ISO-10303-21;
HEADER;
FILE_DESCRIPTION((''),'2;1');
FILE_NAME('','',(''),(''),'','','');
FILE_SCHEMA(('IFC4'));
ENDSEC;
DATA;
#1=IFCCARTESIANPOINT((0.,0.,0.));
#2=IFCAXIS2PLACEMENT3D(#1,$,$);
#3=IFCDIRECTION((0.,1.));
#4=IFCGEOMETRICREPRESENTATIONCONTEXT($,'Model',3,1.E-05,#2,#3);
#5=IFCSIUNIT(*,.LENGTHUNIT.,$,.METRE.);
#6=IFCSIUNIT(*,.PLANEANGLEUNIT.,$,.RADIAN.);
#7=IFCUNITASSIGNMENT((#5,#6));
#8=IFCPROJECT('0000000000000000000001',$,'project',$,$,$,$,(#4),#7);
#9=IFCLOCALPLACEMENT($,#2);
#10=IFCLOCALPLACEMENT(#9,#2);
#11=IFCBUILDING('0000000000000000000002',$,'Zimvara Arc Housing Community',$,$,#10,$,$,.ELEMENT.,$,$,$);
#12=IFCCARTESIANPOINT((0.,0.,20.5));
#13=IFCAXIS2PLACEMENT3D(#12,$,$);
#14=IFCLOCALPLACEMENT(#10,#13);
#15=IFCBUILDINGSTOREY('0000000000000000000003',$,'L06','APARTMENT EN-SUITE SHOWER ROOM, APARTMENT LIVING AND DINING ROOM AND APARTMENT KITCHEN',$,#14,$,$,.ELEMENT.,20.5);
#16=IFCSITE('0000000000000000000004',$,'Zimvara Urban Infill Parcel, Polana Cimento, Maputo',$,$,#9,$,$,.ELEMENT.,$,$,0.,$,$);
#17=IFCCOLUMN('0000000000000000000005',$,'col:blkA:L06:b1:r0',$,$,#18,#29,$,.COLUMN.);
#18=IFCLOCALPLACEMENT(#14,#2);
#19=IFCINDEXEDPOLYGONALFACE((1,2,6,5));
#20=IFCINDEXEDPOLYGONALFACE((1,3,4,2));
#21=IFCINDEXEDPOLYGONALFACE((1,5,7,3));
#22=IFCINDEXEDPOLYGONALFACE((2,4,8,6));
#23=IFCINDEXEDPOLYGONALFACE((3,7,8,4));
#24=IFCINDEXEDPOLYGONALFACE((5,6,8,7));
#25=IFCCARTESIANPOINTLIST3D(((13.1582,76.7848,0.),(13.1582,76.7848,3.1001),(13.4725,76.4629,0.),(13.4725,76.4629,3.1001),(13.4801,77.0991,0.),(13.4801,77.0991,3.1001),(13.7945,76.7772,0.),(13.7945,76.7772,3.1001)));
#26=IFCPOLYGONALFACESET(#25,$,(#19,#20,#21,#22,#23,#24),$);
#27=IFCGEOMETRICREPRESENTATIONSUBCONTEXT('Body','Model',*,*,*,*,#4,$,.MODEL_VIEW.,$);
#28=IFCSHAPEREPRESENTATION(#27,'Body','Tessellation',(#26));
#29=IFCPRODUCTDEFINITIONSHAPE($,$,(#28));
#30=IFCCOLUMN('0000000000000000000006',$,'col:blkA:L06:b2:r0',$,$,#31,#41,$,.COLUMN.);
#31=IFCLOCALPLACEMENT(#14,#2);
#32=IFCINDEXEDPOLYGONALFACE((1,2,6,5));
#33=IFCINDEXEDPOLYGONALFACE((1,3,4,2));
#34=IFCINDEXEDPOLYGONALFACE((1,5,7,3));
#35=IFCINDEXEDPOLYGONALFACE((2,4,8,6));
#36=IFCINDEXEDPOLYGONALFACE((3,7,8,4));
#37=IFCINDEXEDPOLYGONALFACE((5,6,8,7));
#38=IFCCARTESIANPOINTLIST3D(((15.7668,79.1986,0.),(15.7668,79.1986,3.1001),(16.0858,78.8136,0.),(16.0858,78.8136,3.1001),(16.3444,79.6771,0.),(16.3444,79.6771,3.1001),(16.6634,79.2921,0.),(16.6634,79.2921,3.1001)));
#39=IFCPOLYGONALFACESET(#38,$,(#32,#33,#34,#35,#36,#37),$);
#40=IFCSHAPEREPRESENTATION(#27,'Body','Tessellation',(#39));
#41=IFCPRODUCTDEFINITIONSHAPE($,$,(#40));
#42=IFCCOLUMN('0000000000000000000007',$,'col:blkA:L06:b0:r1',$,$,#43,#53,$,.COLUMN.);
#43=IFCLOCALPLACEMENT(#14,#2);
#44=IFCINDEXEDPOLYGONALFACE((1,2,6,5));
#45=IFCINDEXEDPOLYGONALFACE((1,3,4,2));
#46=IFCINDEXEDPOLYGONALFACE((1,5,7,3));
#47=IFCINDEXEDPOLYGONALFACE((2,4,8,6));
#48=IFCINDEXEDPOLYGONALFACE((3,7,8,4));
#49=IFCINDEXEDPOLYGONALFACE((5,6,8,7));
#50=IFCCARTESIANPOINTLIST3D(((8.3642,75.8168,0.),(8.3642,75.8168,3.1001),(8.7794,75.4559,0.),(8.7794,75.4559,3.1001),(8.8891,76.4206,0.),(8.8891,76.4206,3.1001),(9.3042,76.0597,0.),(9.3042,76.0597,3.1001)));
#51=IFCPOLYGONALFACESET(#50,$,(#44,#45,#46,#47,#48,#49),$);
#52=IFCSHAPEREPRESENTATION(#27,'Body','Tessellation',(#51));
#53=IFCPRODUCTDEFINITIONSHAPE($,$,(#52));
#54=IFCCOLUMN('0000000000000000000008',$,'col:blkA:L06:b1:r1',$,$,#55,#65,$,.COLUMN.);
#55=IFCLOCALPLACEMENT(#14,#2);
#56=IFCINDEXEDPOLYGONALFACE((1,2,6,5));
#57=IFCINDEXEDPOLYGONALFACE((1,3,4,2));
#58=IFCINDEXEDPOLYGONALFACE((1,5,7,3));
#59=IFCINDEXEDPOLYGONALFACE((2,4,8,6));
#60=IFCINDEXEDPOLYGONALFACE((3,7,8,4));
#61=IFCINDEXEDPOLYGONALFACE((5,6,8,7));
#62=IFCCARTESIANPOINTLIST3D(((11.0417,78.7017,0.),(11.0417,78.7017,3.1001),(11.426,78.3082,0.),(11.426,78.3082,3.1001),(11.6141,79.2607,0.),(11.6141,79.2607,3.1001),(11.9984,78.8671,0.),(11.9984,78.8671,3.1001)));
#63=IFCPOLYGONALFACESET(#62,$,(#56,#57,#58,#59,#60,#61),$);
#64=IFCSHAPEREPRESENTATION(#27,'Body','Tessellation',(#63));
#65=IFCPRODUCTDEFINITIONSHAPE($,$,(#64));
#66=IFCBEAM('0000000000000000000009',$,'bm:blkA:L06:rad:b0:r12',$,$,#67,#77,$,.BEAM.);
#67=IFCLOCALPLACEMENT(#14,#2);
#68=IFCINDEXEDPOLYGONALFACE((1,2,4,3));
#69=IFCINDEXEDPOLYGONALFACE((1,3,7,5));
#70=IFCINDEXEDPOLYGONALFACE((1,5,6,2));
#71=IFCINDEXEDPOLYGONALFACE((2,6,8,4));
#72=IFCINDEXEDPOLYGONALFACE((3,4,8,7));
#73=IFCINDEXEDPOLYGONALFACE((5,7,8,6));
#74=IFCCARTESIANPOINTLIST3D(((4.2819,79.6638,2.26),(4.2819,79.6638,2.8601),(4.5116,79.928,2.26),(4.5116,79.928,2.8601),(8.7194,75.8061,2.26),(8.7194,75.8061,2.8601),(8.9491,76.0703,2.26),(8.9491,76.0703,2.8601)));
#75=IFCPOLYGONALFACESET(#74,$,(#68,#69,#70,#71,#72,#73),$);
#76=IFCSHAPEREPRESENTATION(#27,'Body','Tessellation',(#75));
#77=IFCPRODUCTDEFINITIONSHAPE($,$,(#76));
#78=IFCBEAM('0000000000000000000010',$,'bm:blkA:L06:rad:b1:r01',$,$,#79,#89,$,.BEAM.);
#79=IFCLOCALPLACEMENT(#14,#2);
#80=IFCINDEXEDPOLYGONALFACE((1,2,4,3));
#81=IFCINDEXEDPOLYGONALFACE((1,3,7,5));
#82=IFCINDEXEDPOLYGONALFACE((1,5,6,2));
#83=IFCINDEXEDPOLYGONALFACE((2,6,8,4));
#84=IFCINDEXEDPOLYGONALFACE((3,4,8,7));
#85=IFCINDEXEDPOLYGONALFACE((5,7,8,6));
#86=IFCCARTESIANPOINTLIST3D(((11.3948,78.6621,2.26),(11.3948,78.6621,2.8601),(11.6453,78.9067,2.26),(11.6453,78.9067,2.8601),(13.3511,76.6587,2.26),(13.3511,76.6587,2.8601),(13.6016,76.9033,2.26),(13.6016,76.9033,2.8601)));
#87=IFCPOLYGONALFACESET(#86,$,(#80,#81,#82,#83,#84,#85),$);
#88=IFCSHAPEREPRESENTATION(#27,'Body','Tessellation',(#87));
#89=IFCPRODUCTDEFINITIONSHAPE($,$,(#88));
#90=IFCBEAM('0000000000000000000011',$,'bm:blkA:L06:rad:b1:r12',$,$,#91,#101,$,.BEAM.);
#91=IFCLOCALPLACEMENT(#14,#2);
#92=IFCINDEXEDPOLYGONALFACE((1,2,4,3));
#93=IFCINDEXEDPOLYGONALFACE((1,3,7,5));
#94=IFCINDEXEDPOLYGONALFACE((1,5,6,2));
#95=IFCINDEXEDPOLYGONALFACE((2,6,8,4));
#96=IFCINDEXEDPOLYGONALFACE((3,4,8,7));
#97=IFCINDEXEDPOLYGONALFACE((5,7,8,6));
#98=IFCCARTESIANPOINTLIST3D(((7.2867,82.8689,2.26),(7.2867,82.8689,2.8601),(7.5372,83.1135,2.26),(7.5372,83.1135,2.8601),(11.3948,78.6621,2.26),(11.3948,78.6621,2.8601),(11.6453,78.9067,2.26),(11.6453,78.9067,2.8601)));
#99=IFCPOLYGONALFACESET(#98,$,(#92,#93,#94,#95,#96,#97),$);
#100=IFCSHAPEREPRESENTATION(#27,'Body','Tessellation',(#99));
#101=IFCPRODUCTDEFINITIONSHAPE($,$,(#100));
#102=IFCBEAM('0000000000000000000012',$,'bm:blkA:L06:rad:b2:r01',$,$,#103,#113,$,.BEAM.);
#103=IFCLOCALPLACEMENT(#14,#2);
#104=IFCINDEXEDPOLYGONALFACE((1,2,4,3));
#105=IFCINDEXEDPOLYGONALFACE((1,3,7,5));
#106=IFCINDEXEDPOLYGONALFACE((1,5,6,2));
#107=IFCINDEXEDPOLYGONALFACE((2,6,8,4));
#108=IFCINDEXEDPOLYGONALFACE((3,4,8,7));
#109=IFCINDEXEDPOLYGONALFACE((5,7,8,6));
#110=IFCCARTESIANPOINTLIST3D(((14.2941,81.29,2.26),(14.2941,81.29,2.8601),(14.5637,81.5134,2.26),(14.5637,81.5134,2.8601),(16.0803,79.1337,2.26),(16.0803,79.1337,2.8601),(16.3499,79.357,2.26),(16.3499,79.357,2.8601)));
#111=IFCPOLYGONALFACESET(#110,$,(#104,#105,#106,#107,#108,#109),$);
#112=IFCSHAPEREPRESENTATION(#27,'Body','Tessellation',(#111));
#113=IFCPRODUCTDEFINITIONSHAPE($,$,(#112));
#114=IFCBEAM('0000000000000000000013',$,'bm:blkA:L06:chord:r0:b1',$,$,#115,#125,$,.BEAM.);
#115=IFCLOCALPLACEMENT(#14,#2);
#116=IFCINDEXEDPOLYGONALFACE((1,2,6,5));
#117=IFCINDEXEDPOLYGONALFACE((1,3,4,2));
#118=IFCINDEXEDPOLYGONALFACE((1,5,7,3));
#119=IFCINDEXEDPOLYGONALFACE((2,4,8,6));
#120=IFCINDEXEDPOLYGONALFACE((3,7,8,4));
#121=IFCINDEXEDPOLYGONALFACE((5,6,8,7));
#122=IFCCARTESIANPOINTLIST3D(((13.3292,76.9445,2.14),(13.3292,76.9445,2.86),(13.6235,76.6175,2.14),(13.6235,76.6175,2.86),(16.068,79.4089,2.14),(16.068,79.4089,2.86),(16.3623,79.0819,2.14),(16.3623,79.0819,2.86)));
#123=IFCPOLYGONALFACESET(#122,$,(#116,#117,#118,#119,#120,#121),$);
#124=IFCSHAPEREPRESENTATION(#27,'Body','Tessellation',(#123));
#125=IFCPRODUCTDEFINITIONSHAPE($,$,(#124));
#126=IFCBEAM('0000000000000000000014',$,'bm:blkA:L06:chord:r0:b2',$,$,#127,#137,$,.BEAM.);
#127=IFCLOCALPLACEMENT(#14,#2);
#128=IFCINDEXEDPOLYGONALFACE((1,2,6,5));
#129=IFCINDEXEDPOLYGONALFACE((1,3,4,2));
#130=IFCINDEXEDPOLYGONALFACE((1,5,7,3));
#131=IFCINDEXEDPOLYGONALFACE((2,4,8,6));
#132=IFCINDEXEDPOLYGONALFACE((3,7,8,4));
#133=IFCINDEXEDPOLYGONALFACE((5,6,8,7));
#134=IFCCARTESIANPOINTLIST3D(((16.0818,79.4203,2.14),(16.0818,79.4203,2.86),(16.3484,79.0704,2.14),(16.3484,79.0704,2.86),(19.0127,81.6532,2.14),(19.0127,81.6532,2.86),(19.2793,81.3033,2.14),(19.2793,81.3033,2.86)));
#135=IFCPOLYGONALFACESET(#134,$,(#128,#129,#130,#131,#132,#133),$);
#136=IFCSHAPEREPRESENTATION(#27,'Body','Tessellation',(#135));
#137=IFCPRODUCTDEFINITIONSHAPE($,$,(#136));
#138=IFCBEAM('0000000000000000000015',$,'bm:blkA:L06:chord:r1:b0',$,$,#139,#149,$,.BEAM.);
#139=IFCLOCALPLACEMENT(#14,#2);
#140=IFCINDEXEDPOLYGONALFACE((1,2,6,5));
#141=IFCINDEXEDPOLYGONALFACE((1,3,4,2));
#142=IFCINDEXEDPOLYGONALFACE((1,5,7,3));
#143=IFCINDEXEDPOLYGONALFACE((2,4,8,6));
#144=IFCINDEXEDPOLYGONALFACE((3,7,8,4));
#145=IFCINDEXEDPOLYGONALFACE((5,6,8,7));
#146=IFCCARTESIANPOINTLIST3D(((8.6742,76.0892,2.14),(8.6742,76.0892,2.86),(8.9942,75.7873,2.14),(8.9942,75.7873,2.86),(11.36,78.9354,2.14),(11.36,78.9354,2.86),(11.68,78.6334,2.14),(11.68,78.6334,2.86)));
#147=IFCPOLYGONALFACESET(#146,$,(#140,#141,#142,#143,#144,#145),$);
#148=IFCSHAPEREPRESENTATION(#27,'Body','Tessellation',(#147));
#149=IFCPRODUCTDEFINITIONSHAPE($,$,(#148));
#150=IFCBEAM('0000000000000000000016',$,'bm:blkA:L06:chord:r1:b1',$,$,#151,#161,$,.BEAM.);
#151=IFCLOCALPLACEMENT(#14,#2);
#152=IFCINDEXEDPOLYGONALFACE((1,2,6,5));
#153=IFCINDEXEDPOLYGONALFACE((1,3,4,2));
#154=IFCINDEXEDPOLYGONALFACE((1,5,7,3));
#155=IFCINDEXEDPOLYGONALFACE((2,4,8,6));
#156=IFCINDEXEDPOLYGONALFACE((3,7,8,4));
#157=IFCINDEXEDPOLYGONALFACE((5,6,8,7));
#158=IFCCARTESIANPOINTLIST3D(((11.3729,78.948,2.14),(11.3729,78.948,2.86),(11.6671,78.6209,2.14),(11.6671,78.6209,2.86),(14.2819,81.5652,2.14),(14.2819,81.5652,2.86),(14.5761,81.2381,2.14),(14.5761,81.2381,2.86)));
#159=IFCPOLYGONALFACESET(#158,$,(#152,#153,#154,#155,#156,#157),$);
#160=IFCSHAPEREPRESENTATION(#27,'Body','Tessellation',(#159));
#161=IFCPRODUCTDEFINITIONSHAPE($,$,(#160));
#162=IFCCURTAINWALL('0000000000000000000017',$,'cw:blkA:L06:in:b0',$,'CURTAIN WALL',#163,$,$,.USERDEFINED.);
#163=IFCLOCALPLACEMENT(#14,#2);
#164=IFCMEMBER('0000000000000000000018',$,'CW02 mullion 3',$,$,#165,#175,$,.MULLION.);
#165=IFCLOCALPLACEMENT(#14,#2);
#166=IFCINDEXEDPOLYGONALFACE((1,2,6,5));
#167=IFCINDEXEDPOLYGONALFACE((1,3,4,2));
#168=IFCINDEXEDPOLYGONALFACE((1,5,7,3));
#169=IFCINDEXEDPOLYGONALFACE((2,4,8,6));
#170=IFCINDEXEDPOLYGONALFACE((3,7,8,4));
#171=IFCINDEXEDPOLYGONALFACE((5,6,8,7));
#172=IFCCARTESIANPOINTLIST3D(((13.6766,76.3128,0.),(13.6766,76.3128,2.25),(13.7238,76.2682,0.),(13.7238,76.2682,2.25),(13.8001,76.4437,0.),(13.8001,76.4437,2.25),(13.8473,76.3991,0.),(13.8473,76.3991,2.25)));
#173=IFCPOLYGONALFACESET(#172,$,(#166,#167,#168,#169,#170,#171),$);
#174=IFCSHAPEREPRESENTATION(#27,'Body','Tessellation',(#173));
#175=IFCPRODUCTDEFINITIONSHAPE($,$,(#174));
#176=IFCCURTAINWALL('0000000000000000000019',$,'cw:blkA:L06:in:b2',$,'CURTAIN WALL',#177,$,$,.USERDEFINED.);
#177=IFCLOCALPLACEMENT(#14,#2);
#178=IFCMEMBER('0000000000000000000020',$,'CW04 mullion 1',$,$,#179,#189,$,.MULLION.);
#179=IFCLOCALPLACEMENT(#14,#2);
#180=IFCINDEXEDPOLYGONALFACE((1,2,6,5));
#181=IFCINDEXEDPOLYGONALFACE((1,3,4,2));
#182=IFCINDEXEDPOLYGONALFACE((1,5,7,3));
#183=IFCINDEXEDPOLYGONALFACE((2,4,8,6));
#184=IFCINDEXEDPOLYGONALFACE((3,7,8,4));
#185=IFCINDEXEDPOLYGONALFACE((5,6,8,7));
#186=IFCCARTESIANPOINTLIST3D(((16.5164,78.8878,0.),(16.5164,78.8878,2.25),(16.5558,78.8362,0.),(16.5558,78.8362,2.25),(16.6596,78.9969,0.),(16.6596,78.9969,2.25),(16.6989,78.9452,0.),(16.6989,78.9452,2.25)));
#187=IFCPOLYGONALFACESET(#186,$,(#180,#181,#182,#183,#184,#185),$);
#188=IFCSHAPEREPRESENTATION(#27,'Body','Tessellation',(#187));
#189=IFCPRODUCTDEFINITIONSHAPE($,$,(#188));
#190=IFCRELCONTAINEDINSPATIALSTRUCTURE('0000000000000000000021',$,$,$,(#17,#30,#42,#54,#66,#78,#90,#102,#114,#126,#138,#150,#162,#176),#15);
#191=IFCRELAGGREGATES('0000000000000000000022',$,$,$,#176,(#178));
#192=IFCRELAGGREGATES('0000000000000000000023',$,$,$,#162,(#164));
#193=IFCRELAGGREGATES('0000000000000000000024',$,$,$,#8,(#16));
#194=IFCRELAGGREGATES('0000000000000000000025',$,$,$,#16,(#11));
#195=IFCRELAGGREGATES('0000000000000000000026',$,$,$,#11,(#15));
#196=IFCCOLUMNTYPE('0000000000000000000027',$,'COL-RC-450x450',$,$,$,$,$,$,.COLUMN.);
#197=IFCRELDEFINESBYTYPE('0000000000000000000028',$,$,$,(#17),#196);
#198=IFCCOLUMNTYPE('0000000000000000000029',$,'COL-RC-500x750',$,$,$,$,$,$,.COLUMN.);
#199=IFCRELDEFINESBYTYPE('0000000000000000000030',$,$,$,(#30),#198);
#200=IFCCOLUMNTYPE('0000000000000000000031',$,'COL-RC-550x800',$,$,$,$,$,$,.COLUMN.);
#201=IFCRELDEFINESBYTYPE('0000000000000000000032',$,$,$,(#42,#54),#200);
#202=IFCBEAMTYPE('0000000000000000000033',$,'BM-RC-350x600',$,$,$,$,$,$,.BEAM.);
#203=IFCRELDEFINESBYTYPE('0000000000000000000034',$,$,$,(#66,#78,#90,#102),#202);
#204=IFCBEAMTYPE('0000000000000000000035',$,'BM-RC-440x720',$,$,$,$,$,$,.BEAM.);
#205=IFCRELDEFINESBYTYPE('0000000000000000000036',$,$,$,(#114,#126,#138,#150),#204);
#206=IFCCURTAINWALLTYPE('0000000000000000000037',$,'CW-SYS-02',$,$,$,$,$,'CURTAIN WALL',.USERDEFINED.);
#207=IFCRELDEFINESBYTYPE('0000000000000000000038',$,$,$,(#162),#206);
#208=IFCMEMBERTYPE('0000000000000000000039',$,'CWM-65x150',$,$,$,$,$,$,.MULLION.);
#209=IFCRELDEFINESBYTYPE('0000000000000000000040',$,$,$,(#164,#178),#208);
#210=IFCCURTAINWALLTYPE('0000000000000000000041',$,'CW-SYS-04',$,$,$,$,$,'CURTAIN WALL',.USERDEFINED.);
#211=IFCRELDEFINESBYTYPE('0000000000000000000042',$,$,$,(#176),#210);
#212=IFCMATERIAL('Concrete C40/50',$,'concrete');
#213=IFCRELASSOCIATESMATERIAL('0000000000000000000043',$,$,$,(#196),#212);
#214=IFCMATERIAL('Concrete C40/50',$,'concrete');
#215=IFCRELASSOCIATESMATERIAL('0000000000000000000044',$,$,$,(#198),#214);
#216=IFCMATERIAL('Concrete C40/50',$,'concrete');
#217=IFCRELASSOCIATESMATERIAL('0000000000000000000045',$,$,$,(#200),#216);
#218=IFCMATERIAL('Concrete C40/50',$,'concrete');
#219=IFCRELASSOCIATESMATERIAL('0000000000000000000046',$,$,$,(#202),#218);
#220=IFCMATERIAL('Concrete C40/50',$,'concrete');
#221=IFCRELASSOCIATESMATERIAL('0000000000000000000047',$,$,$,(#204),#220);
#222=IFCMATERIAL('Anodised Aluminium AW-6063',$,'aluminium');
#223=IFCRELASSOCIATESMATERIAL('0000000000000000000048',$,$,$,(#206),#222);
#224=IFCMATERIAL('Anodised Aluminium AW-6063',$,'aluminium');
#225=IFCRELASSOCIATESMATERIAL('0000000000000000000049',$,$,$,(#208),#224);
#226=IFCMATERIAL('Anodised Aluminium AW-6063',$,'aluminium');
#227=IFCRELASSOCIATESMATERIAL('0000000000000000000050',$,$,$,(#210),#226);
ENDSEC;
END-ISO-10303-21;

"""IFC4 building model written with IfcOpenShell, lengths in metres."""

from ifc_helpers import new_model, si_unit, direction, frame, origin, origin_2d, place, context, subcontext, project, spatial, rectangle, extrude, material, material_profile, profile_set, type_object, element, aggregate, save


model = new_model("IFC4")

# Units and contexts
model_context = context("Model", 3, precision=1e-05, world=origin(), true_north=direction((0.0, 1.0)))
body_context = subcontext(model_context, "Body", "Model", "MODEL_VIEW")
ifc_project = project(units=[si_unit("LENGTHUNIT", "METRE"), si_unit("PLANEANGLEUNIT", "RADIAN")], contexts=[model_context])

# Site, building, storey
site_placement = place(None, origin())
site = spatial("IfcSite", under=ifc_project, at=site_placement, Name="Zimvara Urban Infill Parcel, Polana Cimento, Maputo", CompositionType="ELEMENT", RefElevation=0.0)
building_placement = place(site_placement, origin())
building = spatial("IfcBuilding", under=site, at=building_placement, Name="Zimvara Arc Housing Community", CompositionType="ELEMENT")
storey_placement = place(building_placement, frame((0.0, 0.0, 20.5)))
storey = spatial("IfcBuildingStorey", under=building, at=storey_placement, Name="L06", Description="APARTMENT EN-SUITE SHOWER ROOM, APARTMENT LIVING AND DINING ROOM AND APARTMENT KITCHEN", CompositionType="ELEMENT", Elevation=20.5)

# Columns
ifc_material_1 = material(Name="Concrete C40/50", Category="concrete")
ifc_material_profile_1 = material_profile(ifc_material_1, rectangle(XDim=0.45, YDim=0.45, at=origin_2d()), Name="RC 450x450")
ifc_profile_set_1 = profile_set([ifc_material_profile_1], Name="Concrete C40/50")
column_type_1 = type_object("IfcColumnType", Name="COL-RC-450x450", PredefinedType="COLUMN", material=ifc_profile_set_1)
column_1_placement = place(storey_placement, frame((13.4763, 76.781, 0.0), z_axis=(0.0, 0.0, 1.0), x_axis=(-0.698665, 0.715449, 0.0)))
element("IfcColumn", 1, at=column_1_placement, inside=storey, type_object=column_type_1, Name="col:blkA:L06:b1:r0", PredefinedType="COLUMN", context=body_context, shape_type="SweptSolid", body=[
    extrude(rectangle(XDim=0.45, YDim=0.45, at=origin_2d()), origin(), (0.0, 0.0, 1.0), 3.1001),
])
ifc_material_2 = material(Name="Concrete C40/50", Category="concrete")
ifc_material_profile_2 = material_profile(ifc_material_2, rectangle(XDim=0.5, YDim=0.75, at=origin_2d()), Name="RC 500x750")
ifc_profile_set_2 = profile_set([ifc_material_profile_2], Name="Concrete C40/50")
column_type_2 = type_object("IfcColumnType", Name="COL-RC-500x750", PredefinedType="COLUMN", material=ifc_profile_set_2)
column_2_placement = place(storey_placement, frame((16.2151, 79.2454, 0.0), z_axis=(0.0, 0.0, 1.0), x_axis=(-0.637962, 0.770068, 0.0)))
element("IfcColumn", 2, at=column_2_placement, inside=storey, type_object=column_type_2, Name="col:blkA:L06:b2:r0", PredefinedType="COLUMN", context=body_context, shape_type="SweptSolid", body=[
    extrude(rectangle(XDim=0.5, YDim=0.75, at=origin_2d()), origin(), (0.0, 0.0, 1.0), 3.1001),
])
ifc_material_3 = material(Name="Concrete C40/50", Category="concrete")
ifc_material_profile_3 = material_profile(ifc_material_3, rectangle(XDim=0.55, YDim=0.8, at=origin_2d()), Name="RC 550x800")
ifc_profile_set_3 = profile_set([ifc_material_profile_3], Name="Concrete C40/50")
column_type_3 = type_object("IfcColumnType", Name="COL-RC-550x800", PredefinedType="COLUMN", material=ifc_profile_set_3)
for number, where, z_axis, x_axis, name in (
    (3, (8.8342, 75.9382, 0.0), (0.0, 0.0, 1.0), (-0.75471, 0.656059, 0.0), "col:blkA:L06:b0:r1"),
    (4, (11.52, 78.7844, 0.0), (0.0, 0.0, 1.0), (-0.698665, 0.715449, 0.0), "col:blkA:L06:b1:r1"),
):
    element("IfcColumn", number, at=place(storey_placement, frame(where, z_axis=z_axis, x_axis=x_axis)), inside=storey, type_object=column_type_3, Name=name, PredefinedType="COLUMN", context=body_context, shape_type="SweptSolid", body=[
        extrude(rectangle(XDim=0.55, YDim=0.8, at=origin_2d()), origin(), (0.0, 0.0, 1.0), 3.1001),
    ])

# Beams
ifc_material_4 = material(Name="Concrete C40/50", Category="concrete")
ifc_material_profile_4 = material_profile(ifc_material_4, rectangle(XDim=0.3501, YDim=0.6001, at=origin_2d()), Name="RC 350x600")
ifc_profile_set_4 = profile_set([ifc_material_profile_4], Name="Concrete C40/50")
beam_type_1 = type_object("IfcBeamType", Name="BM-RC-350x600", PredefinedType="BEAM", material=ifc_profile_set_4)
beam_1_placement = place(storey_placement, frame((8.8342, 75.9382, 2.5601), z_axis=(-0.754692, 0.656079, 0.0), x_axis=(-0.656079, -0.754692, 0.0)))
element("IfcBeam", 5, at=beam_1_placement, inside=storey, type_object=beam_type_1, Name="bm:blkA:L06:rad:b0:r12", PredefinedType="BEAM", context=body_context, shape_type="SweptSolid", body=[
    extrude(rectangle(XDim=0.3501, YDim=0.6001, at=origin_2d()), origin(), (0.0, 0.0, 1.0), 5.8799),
])
beam_2_placement = place(storey_placement, frame((13.4763, 76.781, 2.5601), z_axis=(-0.698643, 0.71547, 0.0), x_axis=(-0.71547, -0.698643, 0.0)))
element("IfcBeam", 6, at=beam_2_placement, inside=storey, type_object=beam_type_1, Name="bm:blkA:L06:rad:b1:r01", PredefinedType="BEAM", context=body_context, shape_type="SweptSolid", body=[
    extrude(rectangle(XDim=0.3501, YDim=0.6001, at=origin_2d()), origin(), (0.0, 0.0, 1.0), 2.8),
])
beam_3_placement = place(storey_placement, frame((11.52, 78.7844, 2.5601), z_axis=(-0.69867, 0.715444, 0.0), x_axis=(-0.715444, -0.69867, 0.0)))
element("IfcBeam", 7, at=beam_3_placement, inside=storey, type_object=beam_type_1, Name="bm:blkA:L06:rad:b1:r12", PredefinedType="BEAM", context=body_context, shape_type="SweptSolid", body=[
    extrude(rectangle(XDim=0.3501, YDim=0.6001, at=origin_2d()), origin(), (0.0, 0.0, 1.0), 5.8799),
])
beam_4_placement = place(storey_placement, frame((16.2151, 79.2454, 2.5601), z_axis=(-0.637917, 0.770105, 0.0), x_axis=(-0.770105, -0.637917, 0.0)))
element("IfcBeam", 8, at=beam_4_placement, inside=storey, type_object=beam_type_1, Name="bm:blkA:L06:rad:b2:r01", PredefinedType="BEAM", context=body_context, shape_type="SweptSolid", body=[
    extrude(rectangle(XDim=0.3501, YDim=0.6001, at=origin_2d()), origin(), (0.0, 0.0, 1.0), 2.8),
])
ifc_material_5 = material(Name="Concrete C40/50", Category="concrete")
ifc_material_profile_5 = material_profile(ifc_material_5, rectangle(XDim=0.4399, YDim=0.72, at=origin_2d()), Name="RC 440x720")
ifc_profile_set_5 = profile_set([ifc_material_profile_5], Name="Concrete C40/50")
beam_type_2 = type_object("IfcBeamType", Name="BM-RC-440x720", PredefinedType="BEAM", material=ifc_profile_set_5)
beam_5_placement = place(storey_placement, frame((13.4763, 76.781, 2.5), z_axis=(0.743367, 0.668884, 0.0), x_axis=(-0.668884, 0.743367, 0.0)))
element("IfcBeam", 9, at=beam_5_placement, inside=storey, type_object=beam_type_2, Name="bm:blkA:L06:chord:r0:b1", PredefinedType="BEAM", context=body_context, shape_type="SweptSolid", body=[
    extrude(rectangle(XDim=0.4399, YDim=0.72, at=origin_2d()), origin(), (0.0, 0.0, 1.0), 3.6843),
])
beam_6_placement = place(storey_placement, frame((16.2151, 79.2454, 2.5), z_axis=(0.795453, 0.606015, 0.0), x_axis=(-0.606015, 0.795453, 0.0)))
element("IfcBeam", 10, at=beam_6_placement, inside=storey, type_object=beam_type_2, Name="bm:blkA:L06:chord:r0:b2", PredefinedType="BEAM", context=body_context, shape_type="SweptSolid", body=[
    extrude(rectangle(XDim=0.4399, YDim=0.72, at=origin_2d()), origin(), (0.0, 0.0, 1.0), 3.6846),
])
beam_7_placement = place(storey_placement, frame((8.8342, 75.9382, 2.5), z_axis=(0.686316, 0.727304, 0.0), x_axis=(-0.727304, 0.686316, 0.0)))
element("IfcBeam", 11, at=beam_7_placement, inside=storey, type_object=beam_type_2, Name="bm:blkA:L06:chord:r1:b0", PredefinedType="BEAM", context=body_context, shape_type="SweptSolid", body=[
    extrude(rectangle(XDim=0.4399, YDim=0.72, at=origin_2d()), origin(), (0.0, 0.0, 1.0), 3.9133),
])
beam_8_placement = place(storey_placement, frame((11.52, 78.7844, 2.5), z_axis=(0.743403, 0.668844, 0.0), x_axis=(-0.668844, 0.743403, 0.0)))
element("IfcBeam", 12, at=beam_8_placement, inside=storey, type_object=beam_type_2, Name="bm:blkA:L06:chord:r1:b1", PredefinedType="BEAM", context=body_context, shape_type="SweptSolid", body=[
    extrude(rectangle(XDim=0.4399, YDim=0.72, at=origin_2d()), origin(), (0.0, 0.0, 1.0), 3.9131),
])

# Curtain walls, members
ifc_material_6 = material(Name="Anodised Aluminium AW-6063", Category="aluminium")
curtain_wall_type_1 = type_object("IfcCurtainWallType", Name="CW-SYS-02", ElementType="CURTAIN WALL", PredefinedType="USERDEFINED", material=ifc_material_6)
curtain_wall_1_placement = place(storey_placement, origin())
curtain_wall_1 = element("IfcCurtainWall", 13, at=curtain_wall_1_placement, inside=storey, type_object=curtain_wall_type_1, Name="cw:blkA:L06:in:b0", ObjectType="CURTAIN WALL", PredefinedType="USERDEFINED")
ifc_material_7 = material(Name="Anodised Aluminium AW-6063", Category="aluminium")
ifc_material_profile_6 = material_profile(ifc_material_7, rectangle(XDim=0.0649, YDim=0.1799, at=origin_2d()), Name="ALU 65x180")
ifc_profile_set_6 = profile_set([ifc_material_profile_6], Name="Anodised Aluminium AW-6063")
member_type_1 = type_object("IfcMemberType", Name="CWM-65x150", PredefinedType="MULLION", material=ifc_profile_set_6)
member_1_placement = place(storey_placement, frame((13.762, 76.356, 0.0), z_axis=(0.0, 0.0, 1.0), x_axis=(-0.727293, 0.686327, 0.0)))
member_1 = element("IfcMember", 14, at=member_1_placement, type_object=member_type_1, Name="CW02 mullion 3", PredefinedType="MULLION", context=body_context, shape_type="SweptSolid", body=[
    extrude(rectangle(XDim=0.0649, YDim=0.1799, at=origin_2d()), origin(), (0.0, 0.0, 1.0), 2.25),
])
ifc_material_8 = material(Name="Anodised Aluminium AW-6063", Category="aluminium")
curtain_wall_type_2 = type_object("IfcCurtainWallType", Name="CW-SYS-04", ElementType="CURTAIN WALL", PredefinedType="USERDEFINED", material=ifc_material_8)
curtain_wall_2_placement = place(storey_placement, origin())
curtain_wall_2 = element("IfcCurtainWall", 15, at=curtain_wall_2_placement, inside=storey, type_object=curtain_wall_type_2, Name="cw:blkA:L06:in:b2", ObjectType="CURTAIN WALL", PredefinedType="USERDEFINED")
member_2_placement = place(storey_placement, frame((16.6077, 78.9165, 0.0), z_axis=(0.0, 0.0, 1.0), x_axis=(-0.605988, 0.795474, 0.0)))
member_2 = element("IfcMember", 16, at=member_2_placement, type_object=member_type_1, Name="CW04 mullion 1", PredefinedType="MULLION", context=body_context, shape_type="SweptSolid", body=[
    extrude(rectangle(XDim=0.0649, YDim=0.1799, at=origin_2d()), origin(), (0.0, 0.0, 1.0), 2.25),
])

aggregate(curtain_wall_2, [member_2])

aggregate(curtain_wall_1, [member_1])

save(model, "model.ifc")
